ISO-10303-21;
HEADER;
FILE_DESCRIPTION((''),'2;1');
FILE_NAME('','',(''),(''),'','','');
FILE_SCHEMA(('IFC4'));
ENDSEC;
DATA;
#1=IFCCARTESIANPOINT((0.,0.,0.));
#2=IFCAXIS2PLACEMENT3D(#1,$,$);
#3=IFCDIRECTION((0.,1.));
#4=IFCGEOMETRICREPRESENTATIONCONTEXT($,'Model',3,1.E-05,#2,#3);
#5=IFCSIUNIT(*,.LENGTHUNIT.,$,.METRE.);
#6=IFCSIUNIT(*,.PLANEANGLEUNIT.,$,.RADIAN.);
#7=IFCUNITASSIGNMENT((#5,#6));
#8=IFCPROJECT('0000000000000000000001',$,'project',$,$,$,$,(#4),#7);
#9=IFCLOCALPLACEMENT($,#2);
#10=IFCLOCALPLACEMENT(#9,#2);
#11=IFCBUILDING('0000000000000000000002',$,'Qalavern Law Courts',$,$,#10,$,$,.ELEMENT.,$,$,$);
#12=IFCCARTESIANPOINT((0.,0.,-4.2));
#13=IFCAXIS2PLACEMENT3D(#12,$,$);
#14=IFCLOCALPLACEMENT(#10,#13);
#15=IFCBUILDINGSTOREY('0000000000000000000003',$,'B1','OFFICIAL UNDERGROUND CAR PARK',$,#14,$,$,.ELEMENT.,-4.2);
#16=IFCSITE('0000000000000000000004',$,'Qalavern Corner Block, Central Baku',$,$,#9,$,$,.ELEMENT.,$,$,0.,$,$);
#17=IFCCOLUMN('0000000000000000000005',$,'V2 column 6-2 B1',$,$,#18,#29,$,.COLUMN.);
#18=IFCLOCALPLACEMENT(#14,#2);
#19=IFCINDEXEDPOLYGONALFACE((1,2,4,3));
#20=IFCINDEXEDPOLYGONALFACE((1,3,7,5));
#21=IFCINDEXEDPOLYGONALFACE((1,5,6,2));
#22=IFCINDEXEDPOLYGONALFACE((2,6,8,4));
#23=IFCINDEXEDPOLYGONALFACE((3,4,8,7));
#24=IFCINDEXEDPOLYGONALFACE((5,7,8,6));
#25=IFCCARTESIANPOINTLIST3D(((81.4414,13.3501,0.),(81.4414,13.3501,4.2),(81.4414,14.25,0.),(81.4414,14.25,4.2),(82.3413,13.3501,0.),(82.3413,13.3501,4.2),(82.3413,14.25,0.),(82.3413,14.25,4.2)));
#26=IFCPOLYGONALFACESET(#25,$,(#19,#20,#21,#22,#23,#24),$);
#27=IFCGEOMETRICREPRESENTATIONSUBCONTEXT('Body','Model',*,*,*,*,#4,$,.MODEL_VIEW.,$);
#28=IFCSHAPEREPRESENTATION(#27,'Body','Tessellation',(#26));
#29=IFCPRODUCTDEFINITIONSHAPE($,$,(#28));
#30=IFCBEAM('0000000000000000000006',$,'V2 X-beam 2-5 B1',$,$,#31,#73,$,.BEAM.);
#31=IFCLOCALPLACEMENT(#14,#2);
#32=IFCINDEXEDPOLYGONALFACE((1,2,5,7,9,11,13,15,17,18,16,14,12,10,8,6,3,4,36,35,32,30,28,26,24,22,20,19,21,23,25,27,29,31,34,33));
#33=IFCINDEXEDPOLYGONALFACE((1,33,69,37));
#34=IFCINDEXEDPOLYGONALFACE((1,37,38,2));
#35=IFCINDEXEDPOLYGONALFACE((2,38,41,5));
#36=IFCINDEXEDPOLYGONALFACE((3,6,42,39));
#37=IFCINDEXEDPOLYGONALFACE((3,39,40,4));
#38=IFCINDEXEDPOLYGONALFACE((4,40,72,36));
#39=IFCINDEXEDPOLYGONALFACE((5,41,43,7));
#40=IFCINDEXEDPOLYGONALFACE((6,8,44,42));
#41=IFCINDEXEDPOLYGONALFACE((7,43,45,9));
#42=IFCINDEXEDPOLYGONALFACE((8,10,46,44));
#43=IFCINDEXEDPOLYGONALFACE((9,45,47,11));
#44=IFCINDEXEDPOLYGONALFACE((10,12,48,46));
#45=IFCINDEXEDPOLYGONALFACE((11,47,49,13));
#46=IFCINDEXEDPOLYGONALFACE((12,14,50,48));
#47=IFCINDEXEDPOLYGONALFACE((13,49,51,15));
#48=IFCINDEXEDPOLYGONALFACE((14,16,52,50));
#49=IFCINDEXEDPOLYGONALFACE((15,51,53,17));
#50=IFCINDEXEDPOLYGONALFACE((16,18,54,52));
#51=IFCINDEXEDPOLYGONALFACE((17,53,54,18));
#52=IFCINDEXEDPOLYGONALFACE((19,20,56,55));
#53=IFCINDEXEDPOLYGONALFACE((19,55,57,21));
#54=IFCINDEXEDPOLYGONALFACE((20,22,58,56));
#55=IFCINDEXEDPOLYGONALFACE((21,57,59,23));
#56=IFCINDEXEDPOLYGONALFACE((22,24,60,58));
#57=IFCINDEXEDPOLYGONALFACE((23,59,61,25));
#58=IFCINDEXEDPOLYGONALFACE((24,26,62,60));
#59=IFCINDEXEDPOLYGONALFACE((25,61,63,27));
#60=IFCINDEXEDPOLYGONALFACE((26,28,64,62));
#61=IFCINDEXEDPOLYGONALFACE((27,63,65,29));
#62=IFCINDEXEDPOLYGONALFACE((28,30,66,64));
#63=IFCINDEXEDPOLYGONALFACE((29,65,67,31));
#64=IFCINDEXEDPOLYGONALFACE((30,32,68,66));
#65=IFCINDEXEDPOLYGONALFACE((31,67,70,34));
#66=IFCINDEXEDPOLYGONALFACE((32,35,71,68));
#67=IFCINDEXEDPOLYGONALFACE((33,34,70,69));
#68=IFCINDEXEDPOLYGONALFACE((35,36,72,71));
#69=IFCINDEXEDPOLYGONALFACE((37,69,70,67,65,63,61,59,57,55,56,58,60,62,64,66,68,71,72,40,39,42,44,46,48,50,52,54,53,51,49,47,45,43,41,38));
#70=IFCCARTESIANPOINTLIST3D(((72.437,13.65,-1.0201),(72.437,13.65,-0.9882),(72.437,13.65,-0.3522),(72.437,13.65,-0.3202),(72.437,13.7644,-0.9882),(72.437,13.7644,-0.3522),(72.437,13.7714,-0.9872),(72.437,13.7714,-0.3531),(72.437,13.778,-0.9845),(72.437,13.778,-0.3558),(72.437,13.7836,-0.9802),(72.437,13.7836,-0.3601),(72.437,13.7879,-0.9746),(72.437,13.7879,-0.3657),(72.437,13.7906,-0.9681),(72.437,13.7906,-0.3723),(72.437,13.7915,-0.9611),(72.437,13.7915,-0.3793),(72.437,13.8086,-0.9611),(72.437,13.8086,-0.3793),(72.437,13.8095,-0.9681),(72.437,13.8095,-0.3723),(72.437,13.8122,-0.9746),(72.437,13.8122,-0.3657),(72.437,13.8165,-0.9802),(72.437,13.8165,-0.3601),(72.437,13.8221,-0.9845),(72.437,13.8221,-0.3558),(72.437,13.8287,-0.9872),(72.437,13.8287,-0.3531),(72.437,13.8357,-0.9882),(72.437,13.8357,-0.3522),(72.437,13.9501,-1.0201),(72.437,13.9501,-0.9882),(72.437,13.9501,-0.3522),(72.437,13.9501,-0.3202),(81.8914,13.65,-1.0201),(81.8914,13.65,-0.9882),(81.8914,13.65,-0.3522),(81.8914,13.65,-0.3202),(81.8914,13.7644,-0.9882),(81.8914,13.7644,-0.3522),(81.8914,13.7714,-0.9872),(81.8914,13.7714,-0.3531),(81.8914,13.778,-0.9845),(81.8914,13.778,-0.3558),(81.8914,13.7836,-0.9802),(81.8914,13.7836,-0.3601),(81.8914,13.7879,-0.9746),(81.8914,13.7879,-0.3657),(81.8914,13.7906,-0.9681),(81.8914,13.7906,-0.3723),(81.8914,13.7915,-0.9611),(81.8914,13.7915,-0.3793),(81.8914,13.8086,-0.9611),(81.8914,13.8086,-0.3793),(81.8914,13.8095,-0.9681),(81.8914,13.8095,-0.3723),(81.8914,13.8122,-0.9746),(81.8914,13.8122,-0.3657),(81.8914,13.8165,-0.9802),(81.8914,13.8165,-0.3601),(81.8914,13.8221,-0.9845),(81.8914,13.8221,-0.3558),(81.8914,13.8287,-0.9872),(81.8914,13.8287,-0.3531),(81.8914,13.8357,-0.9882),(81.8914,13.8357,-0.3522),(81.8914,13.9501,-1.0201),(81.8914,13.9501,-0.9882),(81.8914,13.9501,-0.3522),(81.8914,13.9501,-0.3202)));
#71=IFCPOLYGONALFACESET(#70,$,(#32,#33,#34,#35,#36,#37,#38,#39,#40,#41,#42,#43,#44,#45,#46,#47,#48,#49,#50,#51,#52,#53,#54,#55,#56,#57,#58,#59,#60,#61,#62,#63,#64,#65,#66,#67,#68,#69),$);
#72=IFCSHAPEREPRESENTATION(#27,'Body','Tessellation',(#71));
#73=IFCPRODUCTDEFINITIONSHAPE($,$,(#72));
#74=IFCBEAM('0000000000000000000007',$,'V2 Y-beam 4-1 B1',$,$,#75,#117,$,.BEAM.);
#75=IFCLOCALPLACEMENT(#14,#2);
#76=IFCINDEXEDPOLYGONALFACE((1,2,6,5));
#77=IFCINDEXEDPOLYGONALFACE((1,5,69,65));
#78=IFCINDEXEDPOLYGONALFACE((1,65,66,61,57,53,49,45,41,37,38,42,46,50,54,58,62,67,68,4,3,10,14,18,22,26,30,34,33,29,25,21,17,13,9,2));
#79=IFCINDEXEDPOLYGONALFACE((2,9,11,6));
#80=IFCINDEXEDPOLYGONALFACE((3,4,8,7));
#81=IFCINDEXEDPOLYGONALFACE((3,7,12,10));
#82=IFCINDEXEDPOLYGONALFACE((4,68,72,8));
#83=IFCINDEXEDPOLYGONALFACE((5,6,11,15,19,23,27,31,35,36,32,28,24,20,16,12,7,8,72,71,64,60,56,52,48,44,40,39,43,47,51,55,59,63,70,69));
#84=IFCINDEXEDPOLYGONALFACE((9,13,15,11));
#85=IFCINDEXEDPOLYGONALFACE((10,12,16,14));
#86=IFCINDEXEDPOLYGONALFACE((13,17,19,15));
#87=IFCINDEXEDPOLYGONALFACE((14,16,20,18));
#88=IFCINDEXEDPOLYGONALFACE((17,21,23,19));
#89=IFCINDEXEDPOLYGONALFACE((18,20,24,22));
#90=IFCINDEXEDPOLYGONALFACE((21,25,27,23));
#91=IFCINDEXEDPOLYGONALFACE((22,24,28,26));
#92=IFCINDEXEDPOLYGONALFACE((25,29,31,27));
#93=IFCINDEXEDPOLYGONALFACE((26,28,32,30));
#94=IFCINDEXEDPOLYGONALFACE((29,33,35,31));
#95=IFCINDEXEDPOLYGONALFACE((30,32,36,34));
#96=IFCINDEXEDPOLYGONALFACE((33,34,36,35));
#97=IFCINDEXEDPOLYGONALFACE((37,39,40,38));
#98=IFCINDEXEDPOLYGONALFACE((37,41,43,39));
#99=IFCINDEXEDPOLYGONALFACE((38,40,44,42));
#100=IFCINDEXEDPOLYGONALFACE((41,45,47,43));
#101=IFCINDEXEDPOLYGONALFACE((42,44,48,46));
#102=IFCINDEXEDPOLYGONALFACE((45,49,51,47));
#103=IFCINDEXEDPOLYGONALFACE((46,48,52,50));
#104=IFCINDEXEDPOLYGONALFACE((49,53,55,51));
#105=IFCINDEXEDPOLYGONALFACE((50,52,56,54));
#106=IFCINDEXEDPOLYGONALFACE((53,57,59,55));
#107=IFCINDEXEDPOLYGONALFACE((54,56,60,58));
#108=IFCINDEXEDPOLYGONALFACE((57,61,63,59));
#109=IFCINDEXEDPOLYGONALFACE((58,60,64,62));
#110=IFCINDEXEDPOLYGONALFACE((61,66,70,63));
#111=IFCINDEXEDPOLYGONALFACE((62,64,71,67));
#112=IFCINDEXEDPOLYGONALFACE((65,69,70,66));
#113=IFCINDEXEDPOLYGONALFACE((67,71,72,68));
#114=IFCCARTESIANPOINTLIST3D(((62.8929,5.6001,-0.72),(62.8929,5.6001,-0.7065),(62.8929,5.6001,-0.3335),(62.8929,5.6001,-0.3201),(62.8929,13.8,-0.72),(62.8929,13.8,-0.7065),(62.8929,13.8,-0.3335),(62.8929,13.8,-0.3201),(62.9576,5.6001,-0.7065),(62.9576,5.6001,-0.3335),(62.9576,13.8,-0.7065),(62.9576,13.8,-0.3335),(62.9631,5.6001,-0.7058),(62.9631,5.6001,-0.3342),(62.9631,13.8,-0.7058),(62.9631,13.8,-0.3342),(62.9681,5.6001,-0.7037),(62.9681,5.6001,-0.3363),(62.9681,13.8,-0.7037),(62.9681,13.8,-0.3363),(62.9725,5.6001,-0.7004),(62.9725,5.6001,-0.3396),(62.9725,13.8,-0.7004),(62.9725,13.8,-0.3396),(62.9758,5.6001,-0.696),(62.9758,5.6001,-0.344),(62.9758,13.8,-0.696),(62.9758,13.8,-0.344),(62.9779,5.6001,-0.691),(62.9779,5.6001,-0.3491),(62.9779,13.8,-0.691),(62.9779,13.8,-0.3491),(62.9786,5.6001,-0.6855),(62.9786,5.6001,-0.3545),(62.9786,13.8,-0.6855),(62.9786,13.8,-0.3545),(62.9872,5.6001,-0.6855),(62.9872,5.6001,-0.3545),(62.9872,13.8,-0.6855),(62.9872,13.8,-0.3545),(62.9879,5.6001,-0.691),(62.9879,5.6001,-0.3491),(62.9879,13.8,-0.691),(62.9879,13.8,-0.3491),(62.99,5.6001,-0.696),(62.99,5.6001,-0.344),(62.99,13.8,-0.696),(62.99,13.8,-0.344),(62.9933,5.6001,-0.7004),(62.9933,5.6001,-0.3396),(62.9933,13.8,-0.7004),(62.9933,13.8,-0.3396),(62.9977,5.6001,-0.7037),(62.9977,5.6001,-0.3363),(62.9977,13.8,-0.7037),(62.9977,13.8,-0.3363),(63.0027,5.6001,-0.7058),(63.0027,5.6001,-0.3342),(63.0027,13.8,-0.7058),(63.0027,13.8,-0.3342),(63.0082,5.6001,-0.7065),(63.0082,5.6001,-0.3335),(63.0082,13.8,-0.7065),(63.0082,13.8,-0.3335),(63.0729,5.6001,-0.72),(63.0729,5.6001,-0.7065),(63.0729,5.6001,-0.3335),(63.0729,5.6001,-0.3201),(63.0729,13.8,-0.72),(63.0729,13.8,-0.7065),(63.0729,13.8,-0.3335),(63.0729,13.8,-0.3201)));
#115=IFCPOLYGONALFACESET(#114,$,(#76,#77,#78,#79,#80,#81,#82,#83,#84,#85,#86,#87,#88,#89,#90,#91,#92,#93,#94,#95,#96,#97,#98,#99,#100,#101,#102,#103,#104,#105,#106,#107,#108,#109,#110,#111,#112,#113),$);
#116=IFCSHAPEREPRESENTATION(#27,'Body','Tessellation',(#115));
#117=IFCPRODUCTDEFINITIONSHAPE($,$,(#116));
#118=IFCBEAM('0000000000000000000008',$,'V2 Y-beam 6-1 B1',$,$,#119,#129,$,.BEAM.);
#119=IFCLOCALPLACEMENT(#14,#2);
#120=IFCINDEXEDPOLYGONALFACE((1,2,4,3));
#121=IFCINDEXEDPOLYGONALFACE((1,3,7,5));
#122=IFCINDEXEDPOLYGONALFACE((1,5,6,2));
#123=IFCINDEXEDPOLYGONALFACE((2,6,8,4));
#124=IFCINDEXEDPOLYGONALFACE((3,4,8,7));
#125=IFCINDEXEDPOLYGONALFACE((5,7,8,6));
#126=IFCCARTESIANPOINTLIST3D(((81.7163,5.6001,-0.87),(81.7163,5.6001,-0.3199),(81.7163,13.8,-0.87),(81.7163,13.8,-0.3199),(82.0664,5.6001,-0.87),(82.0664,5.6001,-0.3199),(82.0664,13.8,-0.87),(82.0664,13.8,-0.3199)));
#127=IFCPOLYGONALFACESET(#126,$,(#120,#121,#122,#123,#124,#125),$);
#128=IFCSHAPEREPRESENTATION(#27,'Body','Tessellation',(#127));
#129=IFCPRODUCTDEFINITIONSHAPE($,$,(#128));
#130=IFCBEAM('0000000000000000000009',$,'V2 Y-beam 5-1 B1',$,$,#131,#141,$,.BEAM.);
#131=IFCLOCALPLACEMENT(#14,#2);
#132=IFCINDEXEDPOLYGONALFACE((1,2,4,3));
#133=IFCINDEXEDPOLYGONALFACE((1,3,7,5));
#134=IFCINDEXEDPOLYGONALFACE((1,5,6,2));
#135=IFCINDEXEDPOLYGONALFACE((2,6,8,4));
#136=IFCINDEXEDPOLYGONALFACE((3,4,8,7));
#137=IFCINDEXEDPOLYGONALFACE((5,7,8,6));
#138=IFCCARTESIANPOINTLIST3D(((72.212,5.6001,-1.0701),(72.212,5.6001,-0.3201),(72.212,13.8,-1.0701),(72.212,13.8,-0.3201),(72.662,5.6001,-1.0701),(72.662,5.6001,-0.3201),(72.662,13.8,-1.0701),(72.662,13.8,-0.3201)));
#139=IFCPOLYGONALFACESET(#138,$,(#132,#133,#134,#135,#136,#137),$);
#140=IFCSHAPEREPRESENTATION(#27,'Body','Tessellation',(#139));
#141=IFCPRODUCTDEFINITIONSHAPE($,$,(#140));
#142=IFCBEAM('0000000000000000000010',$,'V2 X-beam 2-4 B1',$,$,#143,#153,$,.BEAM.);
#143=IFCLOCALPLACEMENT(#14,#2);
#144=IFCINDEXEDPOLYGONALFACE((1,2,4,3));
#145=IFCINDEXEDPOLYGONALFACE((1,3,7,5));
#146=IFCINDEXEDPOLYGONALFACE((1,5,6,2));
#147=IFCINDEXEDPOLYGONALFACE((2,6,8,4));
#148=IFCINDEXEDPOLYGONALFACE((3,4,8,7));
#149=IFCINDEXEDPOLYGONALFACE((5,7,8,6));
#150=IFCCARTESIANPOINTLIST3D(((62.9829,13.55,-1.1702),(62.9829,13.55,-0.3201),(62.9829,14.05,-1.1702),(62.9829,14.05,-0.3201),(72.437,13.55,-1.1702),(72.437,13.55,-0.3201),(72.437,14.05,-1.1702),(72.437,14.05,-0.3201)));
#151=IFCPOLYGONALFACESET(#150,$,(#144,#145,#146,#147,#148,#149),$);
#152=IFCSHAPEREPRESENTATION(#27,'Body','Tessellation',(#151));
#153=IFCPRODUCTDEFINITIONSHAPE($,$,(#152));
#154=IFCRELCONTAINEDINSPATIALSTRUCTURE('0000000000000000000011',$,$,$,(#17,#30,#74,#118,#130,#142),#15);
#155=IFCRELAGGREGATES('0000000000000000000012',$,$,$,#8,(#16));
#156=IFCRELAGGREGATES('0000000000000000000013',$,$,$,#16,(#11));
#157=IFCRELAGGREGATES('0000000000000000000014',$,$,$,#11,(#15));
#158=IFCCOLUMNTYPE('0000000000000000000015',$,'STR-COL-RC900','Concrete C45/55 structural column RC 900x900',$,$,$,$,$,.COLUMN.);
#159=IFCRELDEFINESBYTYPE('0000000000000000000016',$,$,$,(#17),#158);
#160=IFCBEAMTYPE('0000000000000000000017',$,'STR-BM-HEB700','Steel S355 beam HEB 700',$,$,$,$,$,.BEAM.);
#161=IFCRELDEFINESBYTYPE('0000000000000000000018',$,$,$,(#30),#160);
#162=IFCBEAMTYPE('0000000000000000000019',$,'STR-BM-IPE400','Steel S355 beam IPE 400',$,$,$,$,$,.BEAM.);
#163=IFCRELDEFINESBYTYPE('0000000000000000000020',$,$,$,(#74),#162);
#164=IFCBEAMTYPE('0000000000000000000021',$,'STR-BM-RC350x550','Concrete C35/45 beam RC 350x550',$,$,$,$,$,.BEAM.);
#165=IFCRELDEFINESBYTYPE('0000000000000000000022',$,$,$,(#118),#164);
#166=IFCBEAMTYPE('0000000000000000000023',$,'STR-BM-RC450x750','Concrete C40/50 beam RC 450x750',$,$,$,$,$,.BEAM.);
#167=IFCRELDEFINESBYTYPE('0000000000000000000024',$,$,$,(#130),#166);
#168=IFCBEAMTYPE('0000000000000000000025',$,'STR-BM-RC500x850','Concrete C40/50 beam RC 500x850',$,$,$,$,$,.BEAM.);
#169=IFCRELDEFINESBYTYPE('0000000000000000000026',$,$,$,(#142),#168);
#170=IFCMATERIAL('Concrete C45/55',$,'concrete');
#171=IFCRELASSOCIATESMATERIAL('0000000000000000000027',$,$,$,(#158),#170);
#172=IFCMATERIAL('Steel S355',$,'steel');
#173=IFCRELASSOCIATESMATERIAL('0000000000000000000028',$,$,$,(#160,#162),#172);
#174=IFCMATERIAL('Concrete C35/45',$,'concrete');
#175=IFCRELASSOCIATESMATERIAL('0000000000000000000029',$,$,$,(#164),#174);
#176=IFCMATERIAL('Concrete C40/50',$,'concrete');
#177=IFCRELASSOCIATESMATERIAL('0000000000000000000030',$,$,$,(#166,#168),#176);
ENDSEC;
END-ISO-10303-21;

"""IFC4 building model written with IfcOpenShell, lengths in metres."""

from ifc_helpers import new_model, si_unit, direction, frame, origin, origin_2d, place, context, subcontext, project, spatial, rectangle, i_section, extrude, material, material_profile, profile_set, type_object, element, save


model = new_model("IFC4")

# Units and contexts
model_context = context("Model", 3, precision=1e-05, world=origin(), true_north=direction((0.0, 1.0)))
body_context = subcontext(model_context, "Body", "Model", "MODEL_VIEW")
ifc_project = project(units=[si_unit("LENGTHUNIT", "METRE"), si_unit("PLANEANGLEUNIT", "RADIAN")], contexts=[model_context])

# Site, building, storey
site_placement = place(None, origin())
site = spatial("IfcSite", under=ifc_project, at=site_placement, Name="Qalavern Corner Block, Central Baku", CompositionType="ELEMENT", RefElevation=0.0)
building_placement = place(site_placement, origin())
building = spatial("IfcBuilding", under=site, at=building_placement, Name="Qalavern Law Courts", CompositionType="ELEMENT")
storey_placement = place(building_placement, frame((0.0, 0.0, -4.2)))
storey = spatial("IfcBuildingStorey", under=building, at=storey_placement, Name="B1", Description="OFFICIAL UNDERGROUND CAR PARK", CompositionType="ELEMENT", Elevation=-4.2)

# Column
ifc_material_1 = material(Name="Steel S355", Category="steel")
ifc_material_2 = material(Name="Concrete C45/55", Category="concrete")
ifc_material_profile_1 = material_profile(ifc_material_2, rectangle(XDim=0.8999, YDim=0.8999, at=origin_2d()), Name="RC 900x900")
ifc_profile_set_1 = profile_set([ifc_material_profile_1], Name="Concrete C45/55")
column_type_1 = type_object("IfcColumnType", Name="STR-COL-RC900", Description="Concrete C45/55 structural column RC 900x900", PredefinedType="COLUMN", material=ifc_profile_set_1)
for number, where, z_axis, x_axis, name in (
    (1, (81.8914, 13.8, 0.0), (0.0, 0.0, 1.0), (1.0, 0.0, 0.0), "V2 column 6-2 B1"),
):
    element("IfcColumn", number, at=place(storey_placement, frame(where, z_axis=z_axis, x_axis=x_axis)), inside=storey, type_object=column_type_1, Name=name, PredefinedType="COLUMN", context=body_context, shape_type="SweptSolid", body=[
        extrude(rectangle(XDim=0.8999, YDim=0.8999, at=origin_2d()), origin(), (0.0, 0.0, 1.0), 4.2),
    ])

# Beams
ifc_material_profile_2 = material_profile(ifc_material_1, i_section(OverallWidth=0.3, OverallDepth=0.7, WebThickness=0.0171, FlangeThickness=0.032, FilletRadius=0.0271, at=origin_2d()), Name="HEB 700")
ifc_profile_set_2 = profile_set([ifc_material_profile_2], Name="Steel S355")
beam_type_1 = type_object("IfcBeamType", Name="STR-BM-HEB700", Description="Steel S355 beam HEB 700", PredefinedType="BEAM", material=ifc_profile_set_2)
beam_1_placement = place(storey_placement, frame((72.437, 13.8, -0.6702), z_axis=(1.0, 0.0, 0.0), x_axis=(0.0, 1.0, 0.0)))
element("IfcBeam", 2, at=beam_1_placement, inside=storey, type_object=beam_type_1, Name="V2 X-beam 2-5 B1", PredefinedType="BEAM", context=body_context, shape_type="SweptSolid", body=[
    extrude(i_section(OverallWidth=0.3, OverallDepth=0.7, WebThickness=0.0171, FlangeThickness=0.032, FilletRadius=0.0271, at=origin_2d()), origin(), (0.0, 0.0, 1.0), 9.4543),
])
ifc_material_profile_3 = material_profile(ifc_material_1, i_section(OverallWidth=0.1799, OverallDepth=0.3999, WebThickness=0.0085, FlangeThickness=0.0134, FilletRadius=0.021, at=origin_2d()), Name="IPE 400")
ifc_profile_set_3 = profile_set([ifc_material_profile_3], Name="Steel S355")
beam_type_2 = type_object("IfcBeamType", Name="STR-BM-IPE400", Description="Steel S355 beam IPE 400", PredefinedType="BEAM", material=ifc_profile_set_3)
beam_2_placement = place(storey_placement, frame((62.9829, 5.6001, -0.52), z_axis=(0.0, 1.0, 0.0), x_axis=(-1.0, 0.0, 0.0)))
element("IfcBeam", 3, at=beam_2_placement, inside=storey, type_object=beam_type_2, Name="V2 Y-beam 4-1 B1", PredefinedType="BEAM", context=body_context, shape_type="SweptSolid", body=[
    extrude(i_section(OverallWidth=0.1799, OverallDepth=0.3999, WebThickness=0.0085, FlangeThickness=0.0134, FilletRadius=0.021, at=origin_2d()), origin(), (0.0, 0.0, 1.0), 8.2),
])
ifc_material_3 = material(Name="Concrete C35/45", Category="concrete")
ifc_material_profile_4 = material_profile(ifc_material_3, rectangle(XDim=0.3501, YDim=0.55, at=origin_2d()), Name="RC 350x550")
ifc_profile_set_4 = profile_set([ifc_material_profile_4], Name="Concrete C35/45")
beam_type_3 = type_object("IfcBeamType", Name="STR-BM-RC350x550", Description="Concrete C35/45 beam RC 350x550", PredefinedType="BEAM", material=ifc_profile_set_4)
beam_3_placement = place(storey_placement, frame((81.8914, 5.6001, -0.595), z_axis=(0.0, 1.0, 0.0), x_axis=(-1.0, 0.0, 0.0)))
element("IfcBeam", 4, at=beam_3_placement, inside=storey, type_object=beam_type_3, Name="V2 Y-beam 6-1 B1", PredefinedType="BEAM", context=body_context, shape_type="SweptSolid", body=[
    extrude(rectangle(XDim=0.3501, YDim=0.55, at=origin_2d()), origin(), (0.0, 0.0, 1.0), 8.2),
])
ifc_material_4 = material(Name="Concrete C40/50", Category="concrete")
ifc_material_profile_5 = material_profile(ifc_material_4, rectangle(XDim=0.45, YDim=0.75, at=origin_2d()), Name="RC 450x750")
ifc_profile_set_5 = profile_set([ifc_material_profile_5], Name="Concrete C40/50")
beam_type_4 = type_object("IfcBeamType", Name="STR-BM-RC450x750", Description="Concrete C40/50 beam RC 450x750", PredefinedType="BEAM", material=ifc_profile_set_5)
beam_4_placement = place(storey_placement, frame((72.437, 5.6001, -0.6951), z_axis=(0.0, 1.0, 0.0), x_axis=(-1.0, 0.0, 0.0)))
element("IfcBeam", 5, at=beam_4_placement, inside=storey, type_object=beam_type_4, Name="V2 Y-beam 5-1 B1", PredefinedType="BEAM", context=body_context, shape_type="SweptSolid", body=[
    extrude(rectangle(XDim=0.45, YDim=0.75, at=origin_2d()), origin(), (0.0, 0.0, 1.0), 8.2),
])
ifc_material_profile_6 = material_profile(ifc_material_4, rectangle(XDim=0.5, YDim=0.8501, at=origin_2d()), Name="RC 500x850")
ifc_profile_set_6 = profile_set([ifc_material_profile_6], Name="Concrete C40/50")
beam_type_5 = type_object("IfcBeamType", Name="STR-BM-RC500x850", Description="Concrete C40/50 beam RC 500x850", PredefinedType="BEAM", material=ifc_profile_set_6)
beam_5_placement = place(storey_placement, frame((62.9829, 13.8, -0.7451), z_axis=(1.0, 0.0, 0.0), x_axis=(0.0, 1.0, 0.0)))
element("IfcBeam", 6, at=beam_5_placement, inside=storey, type_object=beam_type_5, Name="V2 X-beam 2-4 B1", PredefinedType="BEAM", context=body_context, shape_type="SweptSolid", body=[
    extrude(rectangle(XDim=0.5, YDim=0.8501, at=origin_2d()), origin(), (0.0, 0.0, 1.0), 9.4541),
])

save(model, "model.ifc")
